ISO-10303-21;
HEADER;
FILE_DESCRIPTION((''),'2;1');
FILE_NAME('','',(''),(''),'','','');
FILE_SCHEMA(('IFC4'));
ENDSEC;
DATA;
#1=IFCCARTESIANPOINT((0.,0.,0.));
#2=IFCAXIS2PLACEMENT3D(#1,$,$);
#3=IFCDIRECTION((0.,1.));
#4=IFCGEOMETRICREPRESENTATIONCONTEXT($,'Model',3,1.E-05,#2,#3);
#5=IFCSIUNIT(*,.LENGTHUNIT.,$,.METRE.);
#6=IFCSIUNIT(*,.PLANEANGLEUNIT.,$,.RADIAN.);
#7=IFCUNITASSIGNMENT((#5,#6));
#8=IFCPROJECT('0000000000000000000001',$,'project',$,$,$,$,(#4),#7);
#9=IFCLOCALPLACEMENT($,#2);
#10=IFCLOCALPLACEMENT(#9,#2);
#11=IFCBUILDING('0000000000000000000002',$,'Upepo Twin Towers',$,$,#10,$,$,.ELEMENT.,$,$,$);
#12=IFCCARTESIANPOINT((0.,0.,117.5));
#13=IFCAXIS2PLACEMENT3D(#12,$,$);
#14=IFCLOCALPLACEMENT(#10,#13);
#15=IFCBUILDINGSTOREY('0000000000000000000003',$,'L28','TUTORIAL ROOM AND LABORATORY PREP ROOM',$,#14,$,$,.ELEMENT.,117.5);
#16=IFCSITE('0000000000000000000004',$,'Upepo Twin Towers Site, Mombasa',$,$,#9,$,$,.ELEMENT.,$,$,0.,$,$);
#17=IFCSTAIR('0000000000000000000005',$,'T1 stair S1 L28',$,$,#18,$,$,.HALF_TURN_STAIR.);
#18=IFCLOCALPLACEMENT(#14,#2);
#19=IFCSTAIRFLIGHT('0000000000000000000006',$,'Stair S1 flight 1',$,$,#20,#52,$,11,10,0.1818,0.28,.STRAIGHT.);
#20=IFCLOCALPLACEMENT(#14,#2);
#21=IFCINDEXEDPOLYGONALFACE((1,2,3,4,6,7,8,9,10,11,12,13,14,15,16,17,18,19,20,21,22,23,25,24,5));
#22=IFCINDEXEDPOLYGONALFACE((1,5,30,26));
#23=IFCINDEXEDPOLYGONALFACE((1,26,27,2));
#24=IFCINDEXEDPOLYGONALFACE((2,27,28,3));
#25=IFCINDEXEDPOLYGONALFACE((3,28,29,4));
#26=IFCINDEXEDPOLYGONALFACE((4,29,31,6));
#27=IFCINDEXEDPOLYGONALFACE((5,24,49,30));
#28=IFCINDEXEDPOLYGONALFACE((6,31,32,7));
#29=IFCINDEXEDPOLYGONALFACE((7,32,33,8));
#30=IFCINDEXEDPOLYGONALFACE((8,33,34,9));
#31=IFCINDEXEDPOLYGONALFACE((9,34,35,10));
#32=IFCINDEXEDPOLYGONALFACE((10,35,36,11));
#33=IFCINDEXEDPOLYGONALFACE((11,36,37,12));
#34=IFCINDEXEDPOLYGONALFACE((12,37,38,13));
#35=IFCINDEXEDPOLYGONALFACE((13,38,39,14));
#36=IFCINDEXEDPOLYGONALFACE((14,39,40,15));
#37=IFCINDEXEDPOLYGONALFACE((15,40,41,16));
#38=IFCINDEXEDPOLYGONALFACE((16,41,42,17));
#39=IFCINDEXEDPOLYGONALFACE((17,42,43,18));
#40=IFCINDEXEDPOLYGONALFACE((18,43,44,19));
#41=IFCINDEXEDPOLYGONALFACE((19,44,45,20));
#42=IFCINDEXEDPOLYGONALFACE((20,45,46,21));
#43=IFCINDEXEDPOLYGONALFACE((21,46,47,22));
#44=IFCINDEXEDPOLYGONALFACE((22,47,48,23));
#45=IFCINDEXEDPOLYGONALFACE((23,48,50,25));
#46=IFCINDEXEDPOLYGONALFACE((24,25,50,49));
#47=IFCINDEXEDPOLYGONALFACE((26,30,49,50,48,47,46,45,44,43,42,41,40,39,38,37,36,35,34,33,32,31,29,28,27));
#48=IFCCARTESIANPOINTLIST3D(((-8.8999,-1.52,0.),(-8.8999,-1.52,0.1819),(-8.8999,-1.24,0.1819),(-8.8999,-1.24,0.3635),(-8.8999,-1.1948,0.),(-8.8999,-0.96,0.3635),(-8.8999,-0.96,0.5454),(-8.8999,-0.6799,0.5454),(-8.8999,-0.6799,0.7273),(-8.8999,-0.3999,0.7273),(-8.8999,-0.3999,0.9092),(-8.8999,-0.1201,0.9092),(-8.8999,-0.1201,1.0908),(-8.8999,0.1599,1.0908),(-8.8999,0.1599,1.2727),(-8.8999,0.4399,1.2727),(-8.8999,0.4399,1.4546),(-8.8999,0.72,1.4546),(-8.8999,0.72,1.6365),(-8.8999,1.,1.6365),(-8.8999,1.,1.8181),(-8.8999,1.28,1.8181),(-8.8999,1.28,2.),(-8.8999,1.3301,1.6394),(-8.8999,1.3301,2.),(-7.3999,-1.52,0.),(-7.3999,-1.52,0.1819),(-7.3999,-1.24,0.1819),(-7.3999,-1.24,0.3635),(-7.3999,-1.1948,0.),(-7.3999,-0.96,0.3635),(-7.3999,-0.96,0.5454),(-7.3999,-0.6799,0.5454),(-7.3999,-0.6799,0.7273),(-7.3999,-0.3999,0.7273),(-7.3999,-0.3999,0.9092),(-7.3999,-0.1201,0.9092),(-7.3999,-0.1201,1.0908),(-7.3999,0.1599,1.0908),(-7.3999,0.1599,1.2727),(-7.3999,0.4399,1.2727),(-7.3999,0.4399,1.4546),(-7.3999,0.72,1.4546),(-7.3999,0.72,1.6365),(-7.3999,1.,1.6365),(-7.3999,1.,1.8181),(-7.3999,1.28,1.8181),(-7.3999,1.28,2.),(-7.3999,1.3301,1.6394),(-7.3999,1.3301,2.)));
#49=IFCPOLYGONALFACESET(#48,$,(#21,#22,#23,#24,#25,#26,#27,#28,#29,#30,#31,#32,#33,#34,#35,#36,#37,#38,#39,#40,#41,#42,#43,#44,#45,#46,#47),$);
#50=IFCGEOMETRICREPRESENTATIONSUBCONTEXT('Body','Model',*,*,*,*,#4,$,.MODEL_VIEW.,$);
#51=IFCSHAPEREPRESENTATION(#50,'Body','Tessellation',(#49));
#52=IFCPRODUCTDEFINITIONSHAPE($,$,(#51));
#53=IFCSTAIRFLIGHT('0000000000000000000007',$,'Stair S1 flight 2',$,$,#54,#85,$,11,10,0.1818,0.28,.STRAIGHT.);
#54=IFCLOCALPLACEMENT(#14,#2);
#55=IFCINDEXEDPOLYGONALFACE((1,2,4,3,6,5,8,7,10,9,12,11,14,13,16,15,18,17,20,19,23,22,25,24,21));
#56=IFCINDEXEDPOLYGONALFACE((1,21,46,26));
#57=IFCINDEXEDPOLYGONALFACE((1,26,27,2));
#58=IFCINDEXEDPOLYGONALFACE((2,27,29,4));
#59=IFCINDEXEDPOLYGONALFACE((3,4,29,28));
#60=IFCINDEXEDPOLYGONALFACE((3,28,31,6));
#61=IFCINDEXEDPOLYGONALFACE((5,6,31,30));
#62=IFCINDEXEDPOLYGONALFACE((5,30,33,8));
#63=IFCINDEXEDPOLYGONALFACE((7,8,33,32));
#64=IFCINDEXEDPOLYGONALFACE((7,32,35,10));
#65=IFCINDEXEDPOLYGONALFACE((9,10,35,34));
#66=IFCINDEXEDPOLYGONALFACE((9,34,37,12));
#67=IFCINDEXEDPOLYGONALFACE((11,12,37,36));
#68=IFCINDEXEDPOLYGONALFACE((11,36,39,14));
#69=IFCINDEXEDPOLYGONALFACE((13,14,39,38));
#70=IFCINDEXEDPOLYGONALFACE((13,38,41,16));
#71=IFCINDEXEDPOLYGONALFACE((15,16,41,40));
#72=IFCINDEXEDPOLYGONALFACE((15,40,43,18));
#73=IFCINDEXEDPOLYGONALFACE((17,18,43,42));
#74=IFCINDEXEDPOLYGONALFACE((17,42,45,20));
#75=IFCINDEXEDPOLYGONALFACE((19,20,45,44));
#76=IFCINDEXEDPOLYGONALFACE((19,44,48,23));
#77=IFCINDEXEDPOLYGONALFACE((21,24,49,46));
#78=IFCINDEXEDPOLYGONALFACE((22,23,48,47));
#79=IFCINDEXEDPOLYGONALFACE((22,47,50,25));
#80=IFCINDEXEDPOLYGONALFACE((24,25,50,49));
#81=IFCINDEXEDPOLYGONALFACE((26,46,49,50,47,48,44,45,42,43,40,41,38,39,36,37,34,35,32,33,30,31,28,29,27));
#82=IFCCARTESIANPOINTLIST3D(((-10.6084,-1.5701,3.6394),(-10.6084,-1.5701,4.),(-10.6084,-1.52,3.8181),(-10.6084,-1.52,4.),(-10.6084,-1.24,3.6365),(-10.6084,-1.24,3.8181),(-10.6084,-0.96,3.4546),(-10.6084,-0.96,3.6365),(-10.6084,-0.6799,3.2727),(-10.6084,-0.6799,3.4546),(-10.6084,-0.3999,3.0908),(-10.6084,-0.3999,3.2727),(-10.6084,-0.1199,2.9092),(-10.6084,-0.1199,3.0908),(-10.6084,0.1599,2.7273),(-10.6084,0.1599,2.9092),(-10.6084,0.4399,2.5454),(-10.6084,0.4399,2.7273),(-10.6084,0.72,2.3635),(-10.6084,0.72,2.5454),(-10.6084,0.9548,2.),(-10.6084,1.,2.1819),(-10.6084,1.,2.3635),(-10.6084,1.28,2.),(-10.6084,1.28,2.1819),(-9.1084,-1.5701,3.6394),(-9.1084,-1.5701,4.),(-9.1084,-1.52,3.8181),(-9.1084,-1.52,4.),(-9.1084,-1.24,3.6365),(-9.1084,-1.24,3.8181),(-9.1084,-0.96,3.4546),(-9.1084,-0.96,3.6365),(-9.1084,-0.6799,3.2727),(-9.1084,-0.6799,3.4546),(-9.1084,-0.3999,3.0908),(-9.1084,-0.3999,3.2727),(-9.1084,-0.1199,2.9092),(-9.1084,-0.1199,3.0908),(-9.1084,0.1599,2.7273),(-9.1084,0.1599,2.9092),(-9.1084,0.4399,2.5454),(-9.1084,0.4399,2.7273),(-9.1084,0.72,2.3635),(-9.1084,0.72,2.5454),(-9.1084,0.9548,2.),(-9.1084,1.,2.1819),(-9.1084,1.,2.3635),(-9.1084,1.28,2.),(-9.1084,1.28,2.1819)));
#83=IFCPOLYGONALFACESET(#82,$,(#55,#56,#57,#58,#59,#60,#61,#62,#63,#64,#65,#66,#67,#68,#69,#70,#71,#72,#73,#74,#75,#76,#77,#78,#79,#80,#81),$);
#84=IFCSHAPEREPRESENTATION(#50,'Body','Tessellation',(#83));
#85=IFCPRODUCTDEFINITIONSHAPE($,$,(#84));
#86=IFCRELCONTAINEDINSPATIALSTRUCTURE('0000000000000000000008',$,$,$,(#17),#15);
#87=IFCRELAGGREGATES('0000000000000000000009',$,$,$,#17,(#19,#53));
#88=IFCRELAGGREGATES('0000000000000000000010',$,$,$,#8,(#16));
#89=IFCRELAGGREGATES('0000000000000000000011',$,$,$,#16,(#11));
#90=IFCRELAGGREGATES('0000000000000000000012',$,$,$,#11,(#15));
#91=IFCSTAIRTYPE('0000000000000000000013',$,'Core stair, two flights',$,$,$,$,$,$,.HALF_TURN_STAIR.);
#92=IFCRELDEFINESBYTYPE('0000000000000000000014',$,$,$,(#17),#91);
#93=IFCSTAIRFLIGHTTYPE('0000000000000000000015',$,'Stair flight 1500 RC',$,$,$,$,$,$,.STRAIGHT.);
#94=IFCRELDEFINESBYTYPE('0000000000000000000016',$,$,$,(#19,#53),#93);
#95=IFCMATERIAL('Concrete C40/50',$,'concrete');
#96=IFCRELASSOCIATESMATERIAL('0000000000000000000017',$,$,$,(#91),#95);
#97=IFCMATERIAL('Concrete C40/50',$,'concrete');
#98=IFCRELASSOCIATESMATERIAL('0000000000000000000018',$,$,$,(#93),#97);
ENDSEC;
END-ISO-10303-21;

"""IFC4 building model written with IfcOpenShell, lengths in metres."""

from ifc_helpers import new_model, si_unit, direction, frame, origin, place, context, subcontext, project, spatial, polyline, outline, extrude, material, type_object, element, aggregate, save


model = new_model("IFC4")

# Units and contexts
model_context = context("Model", 3, precision=1e-05, world=origin(), true_north=direction((0.0, 1.0)))
body_context = subcontext(model_context, "Body", "Model", "MODEL_VIEW")
ifc_project = project(units=[si_unit("LENGTHUNIT", "METRE"), si_unit("PLANEANGLEUNIT", "RADIAN")], contexts=[model_context])

# Site, building, storey
site_placement = place(None, origin())
site = spatial("IfcSite", under=ifc_project, at=site_placement, Name="Upepo Twin Towers Site, Mombasa", CompositionType="ELEMENT", RefElevation=0.0)
building_placement = place(site_placement, origin())
building = spatial("IfcBuilding", under=site, at=building_placement, Name="Upepo Twin Towers", CompositionType="ELEMENT")
storey_placement = place(building_placement, frame((0.0, 0.0, 117.5)))
storey = spatial("IfcBuildingStorey", under=building, at=storey_placement, Name="L28", Description="TUTORIAL ROOM AND LABORATORY PREP ROOM", CompositionType="ELEMENT", Elevation=117.5)

# Stair, stair flights
ifc_material_1 = material(Name="Concrete C40/50", Category="concrete")
stair_type = type_object("IfcStairType", Name="Core stair, two flights", PredefinedType="HALF_TURN_STAIR", material=ifc_material_1)
stair_placement = place(storey_placement, origin())
stair = element("IfcStair", 1, at=stair_placement, inside=storey, type_object=stair_type, Name="T1 stair S1 L28", PredefinedType="HALF_TURN_STAIR")
ifc_material_2 = material(Name="Concrete C40/50", Category="concrete")
stair_flight_type = type_object("IfcStairFlightType", Name="Stair flight 1500 RC", PredefinedType="STRAIGHT", material=ifc_material_2)
stair_flight_1_placement = place(storey_placement, frame((-8.1499, -1.52, 0.0), z_axis=(0.0, 0.0, 1.0), x_axis=(0.0, 1.0, 0.0)))
stair_flight_1 = element("IfcStairFlight", 2, at=stair_flight_1_placement, type_object=stair_flight_type, Name="Stair S1 flight 1", NumberOfRisers=11, NumberOfTreads=10, PredefinedType="STRAIGHT", RiserHeight=0.1818, TreadLength=0.28, context=body_context, shape_type="SweptSolid", body=[
    extrude(outline(polyline([(0.0, 0.0), (0.0, 0.1819), (0.28, 0.1819), (0.28, 0.3635), (0.5601, 0.3635), (0.5601, 0.5454), (0.8401, 0.5454), (0.8401, 0.7273), (1.1201, 0.7273), (1.1201, 0.9092), (1.3999, 0.9092), (1.3999, 1.0908), (1.6799, 1.0908), (1.6799, 1.2727), (1.96, 1.2727), (1.96, 1.4546), (2.24, 1.4546), (2.24, 1.6365), (2.52, 1.6365), (2.52, 1.8181), (2.8, 1.8181), (2.8, 2.0), (2.8501, 2.0), (2.8501, 1.6394), (0.3252, 0.0), (0.0, 0.0)])), frame((0.0, 0.75, 0.0), z_axis=(0.0, -1.0, 0.0), x_axis=(1.0, 0.0, 0.0)), (0.0, 0.0, 1.0), 1.5),
])
stair_flight_2_placement = place(storey_placement, frame((-9.8584, 1.28, 2.0), z_axis=(0.0, 0.0, 1.0), x_axis=(0.0, -1.0, 0.0)))
stair_flight_2 = element("IfcStairFlight", 3, at=stair_flight_2_placement, type_object=stair_flight_type, Name="Stair S1 flight 2", NumberOfRisers=11, NumberOfTreads=10, PredefinedType="STRAIGHT", RiserHeight=0.1818, TreadLength=0.28, context=body_context, shape_type="SweptSolid", body=[
    extrude(outline(polyline([(0.0, 0.0), (0.0, 0.1819), (0.28, 0.1819), (0.28, 0.3635), (0.5601, 0.3635), (0.5601, 0.5454), (0.8401, 0.5454), (0.8401, 0.7273), (1.1201, 0.7273), (1.1201, 0.9092), (1.3999, 0.9092), (1.3999, 1.0908), (1.6799, 1.0908), (1.6799, 1.2727), (1.96, 1.2727), (1.96, 1.4546), (2.24, 1.4546), (2.24, 1.6365), (2.52, 1.6365), (2.52, 1.8181), (2.8, 1.8181), (2.8, 2.0), (2.8501, 2.0), (2.8501, 1.6394), (0.3252, 0.0), (0.0, 0.0)])), frame((0.0, 0.75, 0.0), z_axis=(0.0, -1.0, 0.0), x_axis=(1.0, 0.0, 0.0)), (0.0, 0.0, 1.0), 1.5),
])
aggregate(stair, [stair_flight_1, stair_flight_2])

save(model, "model.ifc")
